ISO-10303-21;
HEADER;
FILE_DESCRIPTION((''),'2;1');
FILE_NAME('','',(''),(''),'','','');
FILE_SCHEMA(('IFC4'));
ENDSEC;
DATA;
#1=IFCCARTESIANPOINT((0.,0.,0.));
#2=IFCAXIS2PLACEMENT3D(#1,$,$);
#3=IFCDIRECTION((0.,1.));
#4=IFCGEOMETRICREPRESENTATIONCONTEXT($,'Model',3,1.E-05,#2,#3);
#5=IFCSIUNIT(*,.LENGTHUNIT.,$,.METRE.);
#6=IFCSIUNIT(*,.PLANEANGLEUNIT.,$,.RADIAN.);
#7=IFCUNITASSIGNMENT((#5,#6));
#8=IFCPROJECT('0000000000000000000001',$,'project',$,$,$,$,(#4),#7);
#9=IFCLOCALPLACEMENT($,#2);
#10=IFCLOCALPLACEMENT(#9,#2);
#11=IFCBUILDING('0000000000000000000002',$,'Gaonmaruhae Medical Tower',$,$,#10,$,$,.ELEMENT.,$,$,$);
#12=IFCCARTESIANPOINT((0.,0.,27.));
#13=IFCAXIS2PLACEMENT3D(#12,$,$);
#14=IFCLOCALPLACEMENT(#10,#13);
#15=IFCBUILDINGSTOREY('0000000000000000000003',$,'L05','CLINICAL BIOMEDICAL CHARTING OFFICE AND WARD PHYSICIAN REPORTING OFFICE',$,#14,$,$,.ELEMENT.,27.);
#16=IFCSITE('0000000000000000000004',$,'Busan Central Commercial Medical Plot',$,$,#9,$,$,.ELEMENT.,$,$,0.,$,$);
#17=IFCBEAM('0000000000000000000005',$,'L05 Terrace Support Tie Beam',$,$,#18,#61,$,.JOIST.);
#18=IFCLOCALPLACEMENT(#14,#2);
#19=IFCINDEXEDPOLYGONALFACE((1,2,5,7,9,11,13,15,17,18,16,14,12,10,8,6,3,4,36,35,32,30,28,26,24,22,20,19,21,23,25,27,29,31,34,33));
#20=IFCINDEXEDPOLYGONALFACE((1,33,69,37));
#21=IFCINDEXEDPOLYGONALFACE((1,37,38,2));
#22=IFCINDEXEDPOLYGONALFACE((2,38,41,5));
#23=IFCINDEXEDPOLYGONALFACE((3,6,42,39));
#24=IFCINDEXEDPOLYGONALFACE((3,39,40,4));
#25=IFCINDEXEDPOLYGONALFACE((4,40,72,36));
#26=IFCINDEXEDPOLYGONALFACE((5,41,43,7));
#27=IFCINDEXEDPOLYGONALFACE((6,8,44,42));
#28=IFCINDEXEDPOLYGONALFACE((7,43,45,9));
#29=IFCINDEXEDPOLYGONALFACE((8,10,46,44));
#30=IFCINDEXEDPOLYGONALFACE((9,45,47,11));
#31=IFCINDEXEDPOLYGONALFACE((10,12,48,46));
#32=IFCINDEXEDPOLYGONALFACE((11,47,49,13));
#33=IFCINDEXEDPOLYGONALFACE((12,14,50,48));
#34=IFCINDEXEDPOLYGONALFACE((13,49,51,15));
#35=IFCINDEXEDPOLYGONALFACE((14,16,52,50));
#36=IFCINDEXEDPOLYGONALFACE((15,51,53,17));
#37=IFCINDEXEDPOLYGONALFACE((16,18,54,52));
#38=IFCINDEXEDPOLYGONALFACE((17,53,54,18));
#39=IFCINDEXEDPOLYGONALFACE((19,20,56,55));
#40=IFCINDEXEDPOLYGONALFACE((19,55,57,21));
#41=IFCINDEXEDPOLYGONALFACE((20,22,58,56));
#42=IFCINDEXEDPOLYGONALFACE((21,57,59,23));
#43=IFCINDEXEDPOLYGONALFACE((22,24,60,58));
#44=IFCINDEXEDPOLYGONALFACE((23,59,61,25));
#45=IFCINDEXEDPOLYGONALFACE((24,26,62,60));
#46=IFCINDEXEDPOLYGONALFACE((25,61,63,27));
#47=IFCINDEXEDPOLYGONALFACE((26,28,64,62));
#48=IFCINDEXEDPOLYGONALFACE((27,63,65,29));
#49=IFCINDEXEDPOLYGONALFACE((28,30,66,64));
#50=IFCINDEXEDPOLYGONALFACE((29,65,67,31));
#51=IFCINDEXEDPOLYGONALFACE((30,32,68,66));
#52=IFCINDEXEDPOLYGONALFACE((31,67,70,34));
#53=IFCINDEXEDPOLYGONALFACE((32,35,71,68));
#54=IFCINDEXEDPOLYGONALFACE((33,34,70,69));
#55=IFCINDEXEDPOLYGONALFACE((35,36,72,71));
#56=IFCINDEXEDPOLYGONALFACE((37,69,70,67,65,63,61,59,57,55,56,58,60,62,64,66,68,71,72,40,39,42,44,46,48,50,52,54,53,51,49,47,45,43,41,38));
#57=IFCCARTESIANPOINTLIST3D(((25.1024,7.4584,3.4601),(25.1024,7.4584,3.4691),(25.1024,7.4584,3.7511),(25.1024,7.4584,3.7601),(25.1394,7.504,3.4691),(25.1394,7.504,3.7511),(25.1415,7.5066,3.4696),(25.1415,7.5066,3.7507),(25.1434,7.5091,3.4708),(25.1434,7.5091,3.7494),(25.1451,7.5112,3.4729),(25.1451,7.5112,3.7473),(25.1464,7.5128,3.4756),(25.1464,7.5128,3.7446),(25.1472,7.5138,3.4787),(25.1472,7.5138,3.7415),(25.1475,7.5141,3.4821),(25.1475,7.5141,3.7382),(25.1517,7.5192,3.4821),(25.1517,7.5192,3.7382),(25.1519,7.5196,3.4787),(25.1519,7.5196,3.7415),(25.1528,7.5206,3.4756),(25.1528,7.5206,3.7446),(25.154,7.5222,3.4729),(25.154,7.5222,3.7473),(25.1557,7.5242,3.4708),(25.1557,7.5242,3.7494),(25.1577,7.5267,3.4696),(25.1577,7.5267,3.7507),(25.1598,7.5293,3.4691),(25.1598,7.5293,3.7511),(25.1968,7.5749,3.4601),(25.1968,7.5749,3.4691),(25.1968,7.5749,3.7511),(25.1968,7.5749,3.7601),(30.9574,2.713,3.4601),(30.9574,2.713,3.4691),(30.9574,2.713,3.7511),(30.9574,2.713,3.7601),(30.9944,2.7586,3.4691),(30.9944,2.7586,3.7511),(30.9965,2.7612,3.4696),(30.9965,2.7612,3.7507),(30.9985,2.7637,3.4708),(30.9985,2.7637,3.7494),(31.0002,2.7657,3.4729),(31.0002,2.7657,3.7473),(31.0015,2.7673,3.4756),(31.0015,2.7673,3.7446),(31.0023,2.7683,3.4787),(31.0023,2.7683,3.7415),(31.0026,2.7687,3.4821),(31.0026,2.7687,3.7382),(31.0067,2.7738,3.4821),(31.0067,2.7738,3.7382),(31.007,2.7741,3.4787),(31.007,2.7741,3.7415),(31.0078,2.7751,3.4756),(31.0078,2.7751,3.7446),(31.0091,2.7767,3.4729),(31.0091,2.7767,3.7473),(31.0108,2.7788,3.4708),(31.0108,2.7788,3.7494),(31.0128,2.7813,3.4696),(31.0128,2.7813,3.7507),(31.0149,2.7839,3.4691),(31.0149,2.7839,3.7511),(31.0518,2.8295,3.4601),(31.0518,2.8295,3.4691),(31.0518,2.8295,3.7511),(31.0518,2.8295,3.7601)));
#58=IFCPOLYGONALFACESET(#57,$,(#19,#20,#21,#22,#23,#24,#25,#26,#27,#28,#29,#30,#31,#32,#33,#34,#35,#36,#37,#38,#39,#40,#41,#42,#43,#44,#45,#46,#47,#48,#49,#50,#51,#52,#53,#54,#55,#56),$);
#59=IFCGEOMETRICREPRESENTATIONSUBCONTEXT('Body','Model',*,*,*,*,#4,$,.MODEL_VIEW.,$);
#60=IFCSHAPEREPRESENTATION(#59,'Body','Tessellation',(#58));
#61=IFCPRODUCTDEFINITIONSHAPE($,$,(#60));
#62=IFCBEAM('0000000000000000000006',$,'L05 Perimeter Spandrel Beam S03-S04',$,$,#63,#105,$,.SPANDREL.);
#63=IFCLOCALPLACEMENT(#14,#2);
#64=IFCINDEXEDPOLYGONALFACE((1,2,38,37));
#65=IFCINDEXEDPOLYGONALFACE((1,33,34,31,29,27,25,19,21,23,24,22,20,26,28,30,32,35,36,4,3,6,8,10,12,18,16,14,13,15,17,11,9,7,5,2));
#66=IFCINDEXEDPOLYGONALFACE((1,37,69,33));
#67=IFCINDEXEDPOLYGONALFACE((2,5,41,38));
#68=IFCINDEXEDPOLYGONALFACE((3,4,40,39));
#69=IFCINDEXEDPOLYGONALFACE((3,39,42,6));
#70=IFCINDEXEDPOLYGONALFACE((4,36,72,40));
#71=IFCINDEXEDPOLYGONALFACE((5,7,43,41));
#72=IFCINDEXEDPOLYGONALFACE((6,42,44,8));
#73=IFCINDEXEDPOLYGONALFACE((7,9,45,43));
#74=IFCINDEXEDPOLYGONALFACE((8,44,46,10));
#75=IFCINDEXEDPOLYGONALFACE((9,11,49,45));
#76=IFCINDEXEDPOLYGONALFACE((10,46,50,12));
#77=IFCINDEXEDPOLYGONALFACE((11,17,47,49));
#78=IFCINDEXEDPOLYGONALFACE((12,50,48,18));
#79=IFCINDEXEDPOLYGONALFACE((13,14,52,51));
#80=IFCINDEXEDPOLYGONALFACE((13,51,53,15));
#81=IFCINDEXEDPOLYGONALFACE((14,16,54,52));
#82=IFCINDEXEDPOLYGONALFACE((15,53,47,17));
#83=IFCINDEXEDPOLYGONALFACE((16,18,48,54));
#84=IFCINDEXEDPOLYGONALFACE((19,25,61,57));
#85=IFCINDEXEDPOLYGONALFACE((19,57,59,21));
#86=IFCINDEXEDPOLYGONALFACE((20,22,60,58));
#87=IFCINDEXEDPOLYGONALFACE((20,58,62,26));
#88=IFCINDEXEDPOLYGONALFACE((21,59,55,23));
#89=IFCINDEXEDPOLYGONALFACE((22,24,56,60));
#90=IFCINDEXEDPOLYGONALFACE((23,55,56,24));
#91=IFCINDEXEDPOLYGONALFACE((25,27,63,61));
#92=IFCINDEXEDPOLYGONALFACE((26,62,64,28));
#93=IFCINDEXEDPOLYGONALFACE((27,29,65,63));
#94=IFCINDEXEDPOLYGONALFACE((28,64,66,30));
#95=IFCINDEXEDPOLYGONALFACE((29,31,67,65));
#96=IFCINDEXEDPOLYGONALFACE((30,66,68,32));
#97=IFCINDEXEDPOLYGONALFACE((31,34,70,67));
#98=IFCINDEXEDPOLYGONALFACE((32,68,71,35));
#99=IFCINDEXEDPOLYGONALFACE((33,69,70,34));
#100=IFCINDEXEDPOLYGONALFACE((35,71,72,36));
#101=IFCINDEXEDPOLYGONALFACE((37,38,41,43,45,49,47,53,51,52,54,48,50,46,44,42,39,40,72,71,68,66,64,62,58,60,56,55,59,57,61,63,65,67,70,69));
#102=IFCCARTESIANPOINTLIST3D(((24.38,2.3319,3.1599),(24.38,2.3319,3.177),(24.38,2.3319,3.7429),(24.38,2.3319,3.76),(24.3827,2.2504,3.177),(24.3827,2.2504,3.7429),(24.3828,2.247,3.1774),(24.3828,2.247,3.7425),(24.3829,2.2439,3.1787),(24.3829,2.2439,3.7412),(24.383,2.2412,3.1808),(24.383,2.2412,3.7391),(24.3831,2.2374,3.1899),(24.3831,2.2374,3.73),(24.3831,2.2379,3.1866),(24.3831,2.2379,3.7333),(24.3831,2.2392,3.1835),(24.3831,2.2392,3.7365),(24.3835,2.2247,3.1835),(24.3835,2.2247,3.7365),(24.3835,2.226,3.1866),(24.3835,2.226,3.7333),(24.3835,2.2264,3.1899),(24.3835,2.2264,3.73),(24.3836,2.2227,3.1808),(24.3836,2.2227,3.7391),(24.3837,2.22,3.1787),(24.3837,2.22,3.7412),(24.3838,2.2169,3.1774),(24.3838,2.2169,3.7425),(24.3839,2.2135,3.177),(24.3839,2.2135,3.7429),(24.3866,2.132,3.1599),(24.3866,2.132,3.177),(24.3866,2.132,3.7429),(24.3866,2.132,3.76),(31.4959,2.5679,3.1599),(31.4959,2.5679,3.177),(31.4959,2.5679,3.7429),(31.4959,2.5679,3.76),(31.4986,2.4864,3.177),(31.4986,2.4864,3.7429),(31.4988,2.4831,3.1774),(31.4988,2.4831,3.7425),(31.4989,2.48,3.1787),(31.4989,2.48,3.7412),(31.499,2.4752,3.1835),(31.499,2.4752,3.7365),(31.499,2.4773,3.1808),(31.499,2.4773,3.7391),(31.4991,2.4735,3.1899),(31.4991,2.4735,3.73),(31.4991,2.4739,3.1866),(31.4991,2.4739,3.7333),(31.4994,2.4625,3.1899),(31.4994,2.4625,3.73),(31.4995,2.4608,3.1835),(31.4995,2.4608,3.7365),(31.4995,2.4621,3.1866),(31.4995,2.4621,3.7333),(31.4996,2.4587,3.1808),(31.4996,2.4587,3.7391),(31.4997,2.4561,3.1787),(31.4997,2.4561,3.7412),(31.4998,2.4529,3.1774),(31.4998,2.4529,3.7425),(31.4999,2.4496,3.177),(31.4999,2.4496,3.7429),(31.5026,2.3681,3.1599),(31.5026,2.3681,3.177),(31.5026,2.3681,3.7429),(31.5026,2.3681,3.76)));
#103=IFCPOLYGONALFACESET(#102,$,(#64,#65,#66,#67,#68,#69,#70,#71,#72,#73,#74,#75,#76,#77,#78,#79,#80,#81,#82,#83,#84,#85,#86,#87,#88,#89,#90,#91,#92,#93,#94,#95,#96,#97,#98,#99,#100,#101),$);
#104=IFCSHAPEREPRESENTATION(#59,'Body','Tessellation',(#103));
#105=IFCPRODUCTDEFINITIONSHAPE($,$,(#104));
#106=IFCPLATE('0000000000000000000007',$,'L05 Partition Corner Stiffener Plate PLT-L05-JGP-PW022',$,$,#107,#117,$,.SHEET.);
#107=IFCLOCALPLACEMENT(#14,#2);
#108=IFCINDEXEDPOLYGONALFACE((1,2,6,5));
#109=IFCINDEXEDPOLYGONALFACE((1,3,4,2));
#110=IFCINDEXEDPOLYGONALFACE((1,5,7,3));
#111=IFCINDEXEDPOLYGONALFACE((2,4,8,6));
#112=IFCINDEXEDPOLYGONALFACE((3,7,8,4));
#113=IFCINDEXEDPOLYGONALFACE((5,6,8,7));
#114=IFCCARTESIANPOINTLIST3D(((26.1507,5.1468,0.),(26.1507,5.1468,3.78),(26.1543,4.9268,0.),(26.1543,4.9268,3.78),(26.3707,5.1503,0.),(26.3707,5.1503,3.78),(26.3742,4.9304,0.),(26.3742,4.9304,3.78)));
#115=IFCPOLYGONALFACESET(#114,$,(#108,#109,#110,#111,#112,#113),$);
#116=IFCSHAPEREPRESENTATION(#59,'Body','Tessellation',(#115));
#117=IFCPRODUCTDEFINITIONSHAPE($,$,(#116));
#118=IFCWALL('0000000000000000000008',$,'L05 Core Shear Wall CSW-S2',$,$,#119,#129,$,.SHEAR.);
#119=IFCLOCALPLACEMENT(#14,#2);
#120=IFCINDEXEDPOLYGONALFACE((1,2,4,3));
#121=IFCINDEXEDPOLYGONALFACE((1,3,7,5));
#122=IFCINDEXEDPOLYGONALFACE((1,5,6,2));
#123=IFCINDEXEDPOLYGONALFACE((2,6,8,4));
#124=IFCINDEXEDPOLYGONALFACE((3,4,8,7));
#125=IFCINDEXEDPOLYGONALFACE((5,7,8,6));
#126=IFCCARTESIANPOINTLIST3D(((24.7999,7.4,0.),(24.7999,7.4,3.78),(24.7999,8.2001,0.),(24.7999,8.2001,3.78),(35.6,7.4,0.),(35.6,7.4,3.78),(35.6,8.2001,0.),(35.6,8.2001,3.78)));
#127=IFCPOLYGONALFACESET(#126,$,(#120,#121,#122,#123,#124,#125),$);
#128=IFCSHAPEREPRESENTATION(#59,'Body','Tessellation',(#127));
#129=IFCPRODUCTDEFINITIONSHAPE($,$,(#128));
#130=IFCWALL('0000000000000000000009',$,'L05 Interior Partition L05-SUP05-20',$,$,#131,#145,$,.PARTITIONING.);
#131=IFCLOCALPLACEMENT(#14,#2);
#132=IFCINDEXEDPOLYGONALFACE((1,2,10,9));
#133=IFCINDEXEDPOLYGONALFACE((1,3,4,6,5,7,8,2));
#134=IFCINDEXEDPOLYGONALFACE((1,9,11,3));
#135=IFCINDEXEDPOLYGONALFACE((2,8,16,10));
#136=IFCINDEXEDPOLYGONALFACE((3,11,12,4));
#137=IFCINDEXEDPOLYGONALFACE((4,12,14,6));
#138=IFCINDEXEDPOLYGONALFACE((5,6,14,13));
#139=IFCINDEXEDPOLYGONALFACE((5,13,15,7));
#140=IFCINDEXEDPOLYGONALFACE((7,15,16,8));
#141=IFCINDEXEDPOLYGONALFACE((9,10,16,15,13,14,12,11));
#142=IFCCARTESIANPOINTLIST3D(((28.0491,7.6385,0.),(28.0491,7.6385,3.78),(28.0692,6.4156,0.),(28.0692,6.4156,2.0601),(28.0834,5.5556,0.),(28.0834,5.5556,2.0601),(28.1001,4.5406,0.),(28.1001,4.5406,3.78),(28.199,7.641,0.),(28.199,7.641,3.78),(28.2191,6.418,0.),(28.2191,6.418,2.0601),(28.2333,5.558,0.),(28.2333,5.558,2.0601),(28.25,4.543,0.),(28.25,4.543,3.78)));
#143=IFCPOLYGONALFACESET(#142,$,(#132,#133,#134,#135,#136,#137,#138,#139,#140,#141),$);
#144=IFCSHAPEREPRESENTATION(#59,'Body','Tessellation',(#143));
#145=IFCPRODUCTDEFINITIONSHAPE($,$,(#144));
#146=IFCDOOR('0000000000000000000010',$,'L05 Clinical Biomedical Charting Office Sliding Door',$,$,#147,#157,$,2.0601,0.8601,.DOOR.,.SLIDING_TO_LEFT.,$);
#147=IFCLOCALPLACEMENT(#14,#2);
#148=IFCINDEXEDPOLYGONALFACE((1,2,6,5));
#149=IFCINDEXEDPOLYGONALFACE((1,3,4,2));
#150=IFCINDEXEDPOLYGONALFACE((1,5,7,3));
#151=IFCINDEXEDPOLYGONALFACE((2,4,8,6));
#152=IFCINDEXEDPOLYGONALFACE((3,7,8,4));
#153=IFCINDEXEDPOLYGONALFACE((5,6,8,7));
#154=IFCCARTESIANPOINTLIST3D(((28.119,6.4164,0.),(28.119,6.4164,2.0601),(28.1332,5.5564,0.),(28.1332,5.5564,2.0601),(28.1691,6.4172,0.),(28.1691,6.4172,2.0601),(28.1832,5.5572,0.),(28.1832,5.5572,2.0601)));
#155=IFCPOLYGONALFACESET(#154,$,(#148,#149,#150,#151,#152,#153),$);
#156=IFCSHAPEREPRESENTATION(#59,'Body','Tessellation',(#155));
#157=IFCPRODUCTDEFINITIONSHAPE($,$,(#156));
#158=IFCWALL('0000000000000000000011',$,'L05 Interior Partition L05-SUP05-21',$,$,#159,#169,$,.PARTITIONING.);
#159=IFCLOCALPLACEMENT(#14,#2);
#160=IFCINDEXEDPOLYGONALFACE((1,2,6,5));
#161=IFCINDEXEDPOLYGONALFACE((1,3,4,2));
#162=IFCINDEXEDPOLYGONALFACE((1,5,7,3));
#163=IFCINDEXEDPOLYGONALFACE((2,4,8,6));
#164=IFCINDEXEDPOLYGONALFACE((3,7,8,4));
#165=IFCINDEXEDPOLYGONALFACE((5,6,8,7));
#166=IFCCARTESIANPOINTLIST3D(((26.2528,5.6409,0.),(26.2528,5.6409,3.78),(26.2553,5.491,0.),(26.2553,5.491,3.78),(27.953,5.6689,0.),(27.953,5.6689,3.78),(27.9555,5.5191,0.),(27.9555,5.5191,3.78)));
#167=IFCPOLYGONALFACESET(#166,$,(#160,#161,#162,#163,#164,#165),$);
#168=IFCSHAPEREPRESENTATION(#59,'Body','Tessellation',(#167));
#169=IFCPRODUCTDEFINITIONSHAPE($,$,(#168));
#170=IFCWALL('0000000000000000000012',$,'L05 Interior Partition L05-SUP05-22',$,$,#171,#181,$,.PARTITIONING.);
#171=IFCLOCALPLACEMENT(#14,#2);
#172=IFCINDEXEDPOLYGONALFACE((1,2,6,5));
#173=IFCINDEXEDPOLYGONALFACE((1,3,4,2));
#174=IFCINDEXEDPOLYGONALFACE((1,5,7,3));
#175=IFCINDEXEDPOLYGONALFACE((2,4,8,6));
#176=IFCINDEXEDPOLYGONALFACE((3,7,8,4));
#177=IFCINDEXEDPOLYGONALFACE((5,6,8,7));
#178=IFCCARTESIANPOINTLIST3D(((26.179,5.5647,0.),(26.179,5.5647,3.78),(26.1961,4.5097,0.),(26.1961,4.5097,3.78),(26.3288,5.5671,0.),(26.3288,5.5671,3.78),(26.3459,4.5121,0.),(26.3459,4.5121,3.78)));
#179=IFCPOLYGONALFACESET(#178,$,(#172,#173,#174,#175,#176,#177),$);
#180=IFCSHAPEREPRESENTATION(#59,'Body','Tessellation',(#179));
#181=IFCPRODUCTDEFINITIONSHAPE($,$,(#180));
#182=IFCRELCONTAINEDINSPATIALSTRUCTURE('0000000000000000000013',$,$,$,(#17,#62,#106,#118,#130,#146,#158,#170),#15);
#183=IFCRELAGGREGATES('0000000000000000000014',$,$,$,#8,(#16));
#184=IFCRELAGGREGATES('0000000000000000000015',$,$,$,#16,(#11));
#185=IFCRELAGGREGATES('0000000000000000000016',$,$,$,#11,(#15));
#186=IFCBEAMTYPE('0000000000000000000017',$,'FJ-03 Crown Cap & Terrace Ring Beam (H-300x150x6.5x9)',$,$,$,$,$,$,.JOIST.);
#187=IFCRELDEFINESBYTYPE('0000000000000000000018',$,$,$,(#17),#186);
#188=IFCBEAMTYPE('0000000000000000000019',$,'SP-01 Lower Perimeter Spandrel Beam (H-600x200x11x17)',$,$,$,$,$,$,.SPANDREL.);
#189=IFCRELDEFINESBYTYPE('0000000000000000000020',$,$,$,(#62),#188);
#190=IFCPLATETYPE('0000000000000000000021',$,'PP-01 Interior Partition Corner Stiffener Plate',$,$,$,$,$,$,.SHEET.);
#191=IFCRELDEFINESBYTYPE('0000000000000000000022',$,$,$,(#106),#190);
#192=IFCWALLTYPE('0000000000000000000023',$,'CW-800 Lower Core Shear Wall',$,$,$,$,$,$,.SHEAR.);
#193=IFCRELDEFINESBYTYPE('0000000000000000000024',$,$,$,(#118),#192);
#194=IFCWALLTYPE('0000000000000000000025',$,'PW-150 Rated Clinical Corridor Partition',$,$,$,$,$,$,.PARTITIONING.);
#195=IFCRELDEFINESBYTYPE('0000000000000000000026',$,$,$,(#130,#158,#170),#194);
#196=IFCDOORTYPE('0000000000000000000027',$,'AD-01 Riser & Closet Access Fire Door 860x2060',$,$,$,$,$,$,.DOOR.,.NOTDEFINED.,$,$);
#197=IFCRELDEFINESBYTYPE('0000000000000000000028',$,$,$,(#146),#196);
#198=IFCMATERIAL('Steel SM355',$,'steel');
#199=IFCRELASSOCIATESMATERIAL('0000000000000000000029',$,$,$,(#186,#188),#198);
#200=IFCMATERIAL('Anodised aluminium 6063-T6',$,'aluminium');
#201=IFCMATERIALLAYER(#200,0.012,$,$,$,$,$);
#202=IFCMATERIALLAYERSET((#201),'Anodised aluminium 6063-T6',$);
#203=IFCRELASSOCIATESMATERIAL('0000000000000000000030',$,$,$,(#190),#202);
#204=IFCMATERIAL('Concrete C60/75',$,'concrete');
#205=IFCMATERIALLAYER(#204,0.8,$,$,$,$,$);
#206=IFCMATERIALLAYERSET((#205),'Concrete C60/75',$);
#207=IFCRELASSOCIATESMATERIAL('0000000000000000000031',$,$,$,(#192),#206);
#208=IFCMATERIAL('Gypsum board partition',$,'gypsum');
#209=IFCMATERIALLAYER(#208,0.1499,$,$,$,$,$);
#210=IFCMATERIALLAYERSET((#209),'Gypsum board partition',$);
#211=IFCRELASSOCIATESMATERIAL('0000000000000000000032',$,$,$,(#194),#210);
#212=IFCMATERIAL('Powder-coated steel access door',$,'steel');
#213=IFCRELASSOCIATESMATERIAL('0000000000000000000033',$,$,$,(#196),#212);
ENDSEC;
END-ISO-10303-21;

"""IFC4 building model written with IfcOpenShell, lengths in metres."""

from ifc_helpers import new_model, si_unit, direction, frame, frame_2d, origin, origin_2d, place, context, subcontext, project, spatial, rectangle, i_section, extrude, material, layer, layer_set, material_profile, profile_set, type_object, element, fill, save


model = new_model("IFC4")

# Units and contexts
model_context = context("Model", 3, precision=1e-05, world=origin(), true_north=direction((0.0, 1.0)))
body_context = subcontext(model_context, "Body", "Model", "MODEL_VIEW")
ifc_project = project(units=[si_unit("LENGTHUNIT", "METRE"), si_unit("PLANEANGLEUNIT", "RADIAN")], contexts=[model_context])

# Site, building, storey
site_placement = place(None, origin())
site = spatial("IfcSite", under=ifc_project, at=site_placement, Name="Busan Central Commercial Medical Plot", CompositionType="ELEMENT", RefElevation=0.0)
building_placement = place(site_placement, origin())
building = spatial("IfcBuilding", under=site, at=building_placement, Name="Gaonmaruhae Medical Tower", CompositionType="ELEMENT")
storey_placement = place(building_placement, frame((0.0, 0.0, 27.0)))
storey = spatial("IfcBuildingStorey", under=building, at=storey_placement, Name="L05", Description="CLINICAL BIOMEDICAL CHARTING OFFICE AND WARD PHYSICIAN REPORTING OFFICE", CompositionType="ELEMENT", Elevation=27.0)

# Shared definitions
ifc_material_1 = material(Name="Concrete C60/75", Category="concrete")

# Beams
ifc_material_2 = material(Name="Steel SM355", Category="steel")
ifc_material_profile_1 = material_profile(ifc_material_2, i_section(OverallWidth=0.1499, OverallDepth=0.3, WebThickness=0.0066, FlangeThickness=0.009, FilletRadius=0.0129, at=origin_2d()), Name="H-300x150x6.5x9")
ifc_profile_set_1 = profile_set([ifc_material_profile_1], Name="Steel SM355")
beam_type_1 = type_object("IfcBeamType", Name="FJ-03 Crown Cap & Terrace Ring Beam (H-300x150x6.5x9)", PredefinedType="JOIST", material=ifc_profile_set_1)
beam_1_placement = place(storey_placement, frame((31.0046, 2.7712, 3.6101), z_axis=(-0.77688, 0.629648, 0.0), x_axis=(-0.629648, -0.77688, 0.0)))
element("IfcBeam", 1, at=beam_1_placement, inside=storey, type_object=beam_type_1, Name="L05 Terrace Support Tie Beam", PredefinedType="JOIST", context=body_context, shape_type="SweptSolid", body=[
    extrude(i_section(OverallWidth=0.1499, OverallDepth=0.3, WebThickness=0.0066, FlangeThickness=0.009, FilletRadius=0.0129, at=origin_2d()), origin(), (0.0, 0.0, 1.0), 7.5366),
])
ifc_material_profile_2 = material_profile(ifc_material_2, i_section(OverallWidth=0.2, OverallDepth=0.6001, WebThickness=0.011, FlangeThickness=0.0171, FilletRadius=0.0129, at=origin_2d()), Name="H-600x200x11x17")
ifc_profile_set_2 = profile_set([ifc_material_profile_2], Name="Steel SM355")
beam_type_2 = type_object("IfcBeamType", Name="SP-01 Lower Perimeter Spandrel Beam (H-600x200x11x17)", PredefinedType="SPANDREL", material=ifc_profile_set_2)
beam_2_placement = place(storey_placement, frame((24.3833, 2.2319, 3.46), z_axis=(0.99945, 0.033158, 0.0), x_axis=(-0.033158, 0.99945, 0.0)))
element("IfcBeam", 2, at=beam_2_placement, inside=storey, type_object=beam_type_2, Name="L05 Perimeter Spandrel Beam S03-S04", PredefinedType="SPANDREL", context=body_context, shape_type="SweptSolid", body=[
    extrude(i_section(OverallWidth=0.2, OverallDepth=0.6001, WebThickness=0.011, FlangeThickness=0.0171, FilletRadius=0.0129, at=origin_2d()), origin(), (0.0, 0.0, 1.0), 7.1199),
])

# Plate
ifc_material_3 = material(Name="Anodised aluminium 6063-T6", Category="aluminium")
ifc_layer_1 = layer(ifc_material_3, 0.012)
ifc_layer_set_1 = layer_set([ifc_layer_1], Name="Anodised aluminium 6063-T6")
plate_type = type_object("IfcPlateType", Name="PP-01 Interior Partition Corner Stiffener Plate", PredefinedType="SHEET", material=ifc_layer_set_1)
plate_placement = place(storey_placement, frame((26.2625, 5.0386, 0.0), z_axis=(0.0, 0.0, 1.0), x_axis=(0.016109, -0.99987, 0.0)))
element("IfcPlate", 3, at=plate_placement, inside=storey, type_object=plate_type, Name="L05 Partition Corner Stiffener Plate PLT-L05-JGP-PW022", PredefinedType="SHEET", context=body_context, shape_type="SweptSolid", body=[
    extrude(rectangle(XDim=0.22, YDim=0.22, at=origin_2d()), origin(), (0.0, 0.0, 1.0), 3.78),
])

# Wall
ifc_layer_2 = layer(ifc_material_1, 0.8)
ifc_layer_set_2 = layer_set([ifc_layer_2], Name="Concrete C60/75")
wall_type_1 = type_object("IfcWallType", Name="CW-800 Lower Core Shear Wall", PredefinedType="SHEAR", material=ifc_layer_set_2)
wall_1_placement = place(storey_placement, frame((24.8, 7.8, 0.0), z_axis=(0.0, 0.0, 1.0), x_axis=(1.0, 0.0, 0.0)))
element("IfcWall", 4, at=wall_1_placement, inside=storey, type_object=wall_type_1, Name="L05 Core Shear Wall CSW-S2", PredefinedType="SHEAR", context=body_context, shape_type="SweptSolid", body=[
    extrude(rectangle(XDim=10.8, YDim=0.8, at=frame_2d((5.3999, 0.0))), origin(), (0.0, 0.0, 1.0), 3.78),
])

# Wall, opening, door
ifc_material_4 = material(Name="Gypsum board partition", Category="gypsum")
ifc_layer_3 = layer(ifc_material_4, 0.1499)
ifc_layer_set_3 = layer_set([ifc_layer_3], Name="Gypsum board partition")
wall_type_2 = type_object("IfcWallType", Name="PW-150 Rated Clinical Corridor Partition", PredefinedType="PARTITIONING", material=ifc_layer_set_3)
wall_2_placement = place(storey_placement, frame((28.124, 7.6399, 0.0), z_axis=(0.0, 0.0, 1.0), x_axis=(0.016469, -0.999864, 0.0)))
wall_2 = element("IfcWall", 5, at=wall_2_placement, inside=storey, type_object=wall_type_2, Name="L05 Interior Partition L05-SUP05-20", PredefinedType="PARTITIONING", context=body_context, shape_type="SweptSolid", body=[
    extrude(rectangle(XDim=3.0984, YDim=0.1499, at=frame_2d((1.5493, 0.0))), origin(), (0.0, 0.0, 1.0), 3.78),
])
opening_1_placement = place(wall_2_placement, frame((1.2231, 0.0, 0.0)))
opening_1 = element("IfcOpeningElement", 6, at=opening_1_placement, cuts=wall_2, PredefinedType="OPENING", context=body_context, shape_type="SweptSolid", body=[
    extrude(rectangle(XDim=0.8601, YDim=2.0601, at=frame_2d((0.4302, 1.03))), frame((0.0, 0.085, 0.0), z_axis=(0.0, -1.0, 0.0), x_axis=(1.0, 0.0, 0.0)), (0.0, 0.0, 1.0), 0.1699),
])
ifc_material_5 = material(Name="Powder-coated steel access door", Category="steel")
door_type_1 = type_object("IfcDoorType", Name="AD-01 Riser & Closet Access Fire Door 860x2060", OperationType="NOTDEFINED", PredefinedType="DOOR", material=ifc_material_5)
door_1_placement = place(opening_1_placement, origin())
door_1 = element("IfcDoor", 7, at=door_1_placement, inside=storey, type_object=door_type_1, Name="L05 Clinical Biomedical Charting Office Sliding Door", OperationType="SLIDING_TO_LEFT", OverallHeight=2.0601, OverallWidth=0.8601, PredefinedType="DOOR", context=body_context, shape_type="SweptSolid", body=[
    extrude(rectangle(XDim=0.8601, YDim=2.0601, at=frame_2d((0.4302, 1.03))), frame((0.0, 0.0249, 0.0), z_axis=(0.0, -1.0, 0.0), x_axis=(1.0, 0.0, 0.0)), (0.0, 0.0, 1.0), 0.05),
])
fill(opening_1, door_1)

# Walls
wall_3_placement = place(storey_placement, frame((27.9541, 5.594, 0.0), z_axis=(0.0, 0.0, 1.0), x_axis=(-0.999864, -0.016511, 0.0)))
element("IfcWall", 8, at=wall_3_placement, inside=storey, type_object=wall_type_2, Name="L05 Interior Partition L05-SUP05-21", PredefinedType="PARTITIONING", context=body_context, shape_type="SweptSolid", body=[
    extrude(rectangle(XDim=1.7004, YDim=0.1499, at=frame_2d((0.8501, 0.0))), origin(), (0.0, 0.0, 1.0), 3.78),
])
wall_4_placement = place(storey_placement, frame((26.2539, 5.5659, 0.0), z_axis=(0.0, 0.0, 1.0), x_axis=(0.016198, -0.999869, 0.0)))
element("IfcWall", 9, at=wall_4_placement, inside=storey, type_object=wall_type_2, Name="L05 Interior Partition L05-SUP05-22", PredefinedType="PARTITIONING", context=body_context, shape_type="SweptSolid", body=[
    extrude(rectangle(XDim=1.0552, YDim=0.1499, at=frame_2d((0.5276, 0.0))), origin(), (0.0, 0.0, 1.0), 3.78),
])

save(model, "model.ifc")
